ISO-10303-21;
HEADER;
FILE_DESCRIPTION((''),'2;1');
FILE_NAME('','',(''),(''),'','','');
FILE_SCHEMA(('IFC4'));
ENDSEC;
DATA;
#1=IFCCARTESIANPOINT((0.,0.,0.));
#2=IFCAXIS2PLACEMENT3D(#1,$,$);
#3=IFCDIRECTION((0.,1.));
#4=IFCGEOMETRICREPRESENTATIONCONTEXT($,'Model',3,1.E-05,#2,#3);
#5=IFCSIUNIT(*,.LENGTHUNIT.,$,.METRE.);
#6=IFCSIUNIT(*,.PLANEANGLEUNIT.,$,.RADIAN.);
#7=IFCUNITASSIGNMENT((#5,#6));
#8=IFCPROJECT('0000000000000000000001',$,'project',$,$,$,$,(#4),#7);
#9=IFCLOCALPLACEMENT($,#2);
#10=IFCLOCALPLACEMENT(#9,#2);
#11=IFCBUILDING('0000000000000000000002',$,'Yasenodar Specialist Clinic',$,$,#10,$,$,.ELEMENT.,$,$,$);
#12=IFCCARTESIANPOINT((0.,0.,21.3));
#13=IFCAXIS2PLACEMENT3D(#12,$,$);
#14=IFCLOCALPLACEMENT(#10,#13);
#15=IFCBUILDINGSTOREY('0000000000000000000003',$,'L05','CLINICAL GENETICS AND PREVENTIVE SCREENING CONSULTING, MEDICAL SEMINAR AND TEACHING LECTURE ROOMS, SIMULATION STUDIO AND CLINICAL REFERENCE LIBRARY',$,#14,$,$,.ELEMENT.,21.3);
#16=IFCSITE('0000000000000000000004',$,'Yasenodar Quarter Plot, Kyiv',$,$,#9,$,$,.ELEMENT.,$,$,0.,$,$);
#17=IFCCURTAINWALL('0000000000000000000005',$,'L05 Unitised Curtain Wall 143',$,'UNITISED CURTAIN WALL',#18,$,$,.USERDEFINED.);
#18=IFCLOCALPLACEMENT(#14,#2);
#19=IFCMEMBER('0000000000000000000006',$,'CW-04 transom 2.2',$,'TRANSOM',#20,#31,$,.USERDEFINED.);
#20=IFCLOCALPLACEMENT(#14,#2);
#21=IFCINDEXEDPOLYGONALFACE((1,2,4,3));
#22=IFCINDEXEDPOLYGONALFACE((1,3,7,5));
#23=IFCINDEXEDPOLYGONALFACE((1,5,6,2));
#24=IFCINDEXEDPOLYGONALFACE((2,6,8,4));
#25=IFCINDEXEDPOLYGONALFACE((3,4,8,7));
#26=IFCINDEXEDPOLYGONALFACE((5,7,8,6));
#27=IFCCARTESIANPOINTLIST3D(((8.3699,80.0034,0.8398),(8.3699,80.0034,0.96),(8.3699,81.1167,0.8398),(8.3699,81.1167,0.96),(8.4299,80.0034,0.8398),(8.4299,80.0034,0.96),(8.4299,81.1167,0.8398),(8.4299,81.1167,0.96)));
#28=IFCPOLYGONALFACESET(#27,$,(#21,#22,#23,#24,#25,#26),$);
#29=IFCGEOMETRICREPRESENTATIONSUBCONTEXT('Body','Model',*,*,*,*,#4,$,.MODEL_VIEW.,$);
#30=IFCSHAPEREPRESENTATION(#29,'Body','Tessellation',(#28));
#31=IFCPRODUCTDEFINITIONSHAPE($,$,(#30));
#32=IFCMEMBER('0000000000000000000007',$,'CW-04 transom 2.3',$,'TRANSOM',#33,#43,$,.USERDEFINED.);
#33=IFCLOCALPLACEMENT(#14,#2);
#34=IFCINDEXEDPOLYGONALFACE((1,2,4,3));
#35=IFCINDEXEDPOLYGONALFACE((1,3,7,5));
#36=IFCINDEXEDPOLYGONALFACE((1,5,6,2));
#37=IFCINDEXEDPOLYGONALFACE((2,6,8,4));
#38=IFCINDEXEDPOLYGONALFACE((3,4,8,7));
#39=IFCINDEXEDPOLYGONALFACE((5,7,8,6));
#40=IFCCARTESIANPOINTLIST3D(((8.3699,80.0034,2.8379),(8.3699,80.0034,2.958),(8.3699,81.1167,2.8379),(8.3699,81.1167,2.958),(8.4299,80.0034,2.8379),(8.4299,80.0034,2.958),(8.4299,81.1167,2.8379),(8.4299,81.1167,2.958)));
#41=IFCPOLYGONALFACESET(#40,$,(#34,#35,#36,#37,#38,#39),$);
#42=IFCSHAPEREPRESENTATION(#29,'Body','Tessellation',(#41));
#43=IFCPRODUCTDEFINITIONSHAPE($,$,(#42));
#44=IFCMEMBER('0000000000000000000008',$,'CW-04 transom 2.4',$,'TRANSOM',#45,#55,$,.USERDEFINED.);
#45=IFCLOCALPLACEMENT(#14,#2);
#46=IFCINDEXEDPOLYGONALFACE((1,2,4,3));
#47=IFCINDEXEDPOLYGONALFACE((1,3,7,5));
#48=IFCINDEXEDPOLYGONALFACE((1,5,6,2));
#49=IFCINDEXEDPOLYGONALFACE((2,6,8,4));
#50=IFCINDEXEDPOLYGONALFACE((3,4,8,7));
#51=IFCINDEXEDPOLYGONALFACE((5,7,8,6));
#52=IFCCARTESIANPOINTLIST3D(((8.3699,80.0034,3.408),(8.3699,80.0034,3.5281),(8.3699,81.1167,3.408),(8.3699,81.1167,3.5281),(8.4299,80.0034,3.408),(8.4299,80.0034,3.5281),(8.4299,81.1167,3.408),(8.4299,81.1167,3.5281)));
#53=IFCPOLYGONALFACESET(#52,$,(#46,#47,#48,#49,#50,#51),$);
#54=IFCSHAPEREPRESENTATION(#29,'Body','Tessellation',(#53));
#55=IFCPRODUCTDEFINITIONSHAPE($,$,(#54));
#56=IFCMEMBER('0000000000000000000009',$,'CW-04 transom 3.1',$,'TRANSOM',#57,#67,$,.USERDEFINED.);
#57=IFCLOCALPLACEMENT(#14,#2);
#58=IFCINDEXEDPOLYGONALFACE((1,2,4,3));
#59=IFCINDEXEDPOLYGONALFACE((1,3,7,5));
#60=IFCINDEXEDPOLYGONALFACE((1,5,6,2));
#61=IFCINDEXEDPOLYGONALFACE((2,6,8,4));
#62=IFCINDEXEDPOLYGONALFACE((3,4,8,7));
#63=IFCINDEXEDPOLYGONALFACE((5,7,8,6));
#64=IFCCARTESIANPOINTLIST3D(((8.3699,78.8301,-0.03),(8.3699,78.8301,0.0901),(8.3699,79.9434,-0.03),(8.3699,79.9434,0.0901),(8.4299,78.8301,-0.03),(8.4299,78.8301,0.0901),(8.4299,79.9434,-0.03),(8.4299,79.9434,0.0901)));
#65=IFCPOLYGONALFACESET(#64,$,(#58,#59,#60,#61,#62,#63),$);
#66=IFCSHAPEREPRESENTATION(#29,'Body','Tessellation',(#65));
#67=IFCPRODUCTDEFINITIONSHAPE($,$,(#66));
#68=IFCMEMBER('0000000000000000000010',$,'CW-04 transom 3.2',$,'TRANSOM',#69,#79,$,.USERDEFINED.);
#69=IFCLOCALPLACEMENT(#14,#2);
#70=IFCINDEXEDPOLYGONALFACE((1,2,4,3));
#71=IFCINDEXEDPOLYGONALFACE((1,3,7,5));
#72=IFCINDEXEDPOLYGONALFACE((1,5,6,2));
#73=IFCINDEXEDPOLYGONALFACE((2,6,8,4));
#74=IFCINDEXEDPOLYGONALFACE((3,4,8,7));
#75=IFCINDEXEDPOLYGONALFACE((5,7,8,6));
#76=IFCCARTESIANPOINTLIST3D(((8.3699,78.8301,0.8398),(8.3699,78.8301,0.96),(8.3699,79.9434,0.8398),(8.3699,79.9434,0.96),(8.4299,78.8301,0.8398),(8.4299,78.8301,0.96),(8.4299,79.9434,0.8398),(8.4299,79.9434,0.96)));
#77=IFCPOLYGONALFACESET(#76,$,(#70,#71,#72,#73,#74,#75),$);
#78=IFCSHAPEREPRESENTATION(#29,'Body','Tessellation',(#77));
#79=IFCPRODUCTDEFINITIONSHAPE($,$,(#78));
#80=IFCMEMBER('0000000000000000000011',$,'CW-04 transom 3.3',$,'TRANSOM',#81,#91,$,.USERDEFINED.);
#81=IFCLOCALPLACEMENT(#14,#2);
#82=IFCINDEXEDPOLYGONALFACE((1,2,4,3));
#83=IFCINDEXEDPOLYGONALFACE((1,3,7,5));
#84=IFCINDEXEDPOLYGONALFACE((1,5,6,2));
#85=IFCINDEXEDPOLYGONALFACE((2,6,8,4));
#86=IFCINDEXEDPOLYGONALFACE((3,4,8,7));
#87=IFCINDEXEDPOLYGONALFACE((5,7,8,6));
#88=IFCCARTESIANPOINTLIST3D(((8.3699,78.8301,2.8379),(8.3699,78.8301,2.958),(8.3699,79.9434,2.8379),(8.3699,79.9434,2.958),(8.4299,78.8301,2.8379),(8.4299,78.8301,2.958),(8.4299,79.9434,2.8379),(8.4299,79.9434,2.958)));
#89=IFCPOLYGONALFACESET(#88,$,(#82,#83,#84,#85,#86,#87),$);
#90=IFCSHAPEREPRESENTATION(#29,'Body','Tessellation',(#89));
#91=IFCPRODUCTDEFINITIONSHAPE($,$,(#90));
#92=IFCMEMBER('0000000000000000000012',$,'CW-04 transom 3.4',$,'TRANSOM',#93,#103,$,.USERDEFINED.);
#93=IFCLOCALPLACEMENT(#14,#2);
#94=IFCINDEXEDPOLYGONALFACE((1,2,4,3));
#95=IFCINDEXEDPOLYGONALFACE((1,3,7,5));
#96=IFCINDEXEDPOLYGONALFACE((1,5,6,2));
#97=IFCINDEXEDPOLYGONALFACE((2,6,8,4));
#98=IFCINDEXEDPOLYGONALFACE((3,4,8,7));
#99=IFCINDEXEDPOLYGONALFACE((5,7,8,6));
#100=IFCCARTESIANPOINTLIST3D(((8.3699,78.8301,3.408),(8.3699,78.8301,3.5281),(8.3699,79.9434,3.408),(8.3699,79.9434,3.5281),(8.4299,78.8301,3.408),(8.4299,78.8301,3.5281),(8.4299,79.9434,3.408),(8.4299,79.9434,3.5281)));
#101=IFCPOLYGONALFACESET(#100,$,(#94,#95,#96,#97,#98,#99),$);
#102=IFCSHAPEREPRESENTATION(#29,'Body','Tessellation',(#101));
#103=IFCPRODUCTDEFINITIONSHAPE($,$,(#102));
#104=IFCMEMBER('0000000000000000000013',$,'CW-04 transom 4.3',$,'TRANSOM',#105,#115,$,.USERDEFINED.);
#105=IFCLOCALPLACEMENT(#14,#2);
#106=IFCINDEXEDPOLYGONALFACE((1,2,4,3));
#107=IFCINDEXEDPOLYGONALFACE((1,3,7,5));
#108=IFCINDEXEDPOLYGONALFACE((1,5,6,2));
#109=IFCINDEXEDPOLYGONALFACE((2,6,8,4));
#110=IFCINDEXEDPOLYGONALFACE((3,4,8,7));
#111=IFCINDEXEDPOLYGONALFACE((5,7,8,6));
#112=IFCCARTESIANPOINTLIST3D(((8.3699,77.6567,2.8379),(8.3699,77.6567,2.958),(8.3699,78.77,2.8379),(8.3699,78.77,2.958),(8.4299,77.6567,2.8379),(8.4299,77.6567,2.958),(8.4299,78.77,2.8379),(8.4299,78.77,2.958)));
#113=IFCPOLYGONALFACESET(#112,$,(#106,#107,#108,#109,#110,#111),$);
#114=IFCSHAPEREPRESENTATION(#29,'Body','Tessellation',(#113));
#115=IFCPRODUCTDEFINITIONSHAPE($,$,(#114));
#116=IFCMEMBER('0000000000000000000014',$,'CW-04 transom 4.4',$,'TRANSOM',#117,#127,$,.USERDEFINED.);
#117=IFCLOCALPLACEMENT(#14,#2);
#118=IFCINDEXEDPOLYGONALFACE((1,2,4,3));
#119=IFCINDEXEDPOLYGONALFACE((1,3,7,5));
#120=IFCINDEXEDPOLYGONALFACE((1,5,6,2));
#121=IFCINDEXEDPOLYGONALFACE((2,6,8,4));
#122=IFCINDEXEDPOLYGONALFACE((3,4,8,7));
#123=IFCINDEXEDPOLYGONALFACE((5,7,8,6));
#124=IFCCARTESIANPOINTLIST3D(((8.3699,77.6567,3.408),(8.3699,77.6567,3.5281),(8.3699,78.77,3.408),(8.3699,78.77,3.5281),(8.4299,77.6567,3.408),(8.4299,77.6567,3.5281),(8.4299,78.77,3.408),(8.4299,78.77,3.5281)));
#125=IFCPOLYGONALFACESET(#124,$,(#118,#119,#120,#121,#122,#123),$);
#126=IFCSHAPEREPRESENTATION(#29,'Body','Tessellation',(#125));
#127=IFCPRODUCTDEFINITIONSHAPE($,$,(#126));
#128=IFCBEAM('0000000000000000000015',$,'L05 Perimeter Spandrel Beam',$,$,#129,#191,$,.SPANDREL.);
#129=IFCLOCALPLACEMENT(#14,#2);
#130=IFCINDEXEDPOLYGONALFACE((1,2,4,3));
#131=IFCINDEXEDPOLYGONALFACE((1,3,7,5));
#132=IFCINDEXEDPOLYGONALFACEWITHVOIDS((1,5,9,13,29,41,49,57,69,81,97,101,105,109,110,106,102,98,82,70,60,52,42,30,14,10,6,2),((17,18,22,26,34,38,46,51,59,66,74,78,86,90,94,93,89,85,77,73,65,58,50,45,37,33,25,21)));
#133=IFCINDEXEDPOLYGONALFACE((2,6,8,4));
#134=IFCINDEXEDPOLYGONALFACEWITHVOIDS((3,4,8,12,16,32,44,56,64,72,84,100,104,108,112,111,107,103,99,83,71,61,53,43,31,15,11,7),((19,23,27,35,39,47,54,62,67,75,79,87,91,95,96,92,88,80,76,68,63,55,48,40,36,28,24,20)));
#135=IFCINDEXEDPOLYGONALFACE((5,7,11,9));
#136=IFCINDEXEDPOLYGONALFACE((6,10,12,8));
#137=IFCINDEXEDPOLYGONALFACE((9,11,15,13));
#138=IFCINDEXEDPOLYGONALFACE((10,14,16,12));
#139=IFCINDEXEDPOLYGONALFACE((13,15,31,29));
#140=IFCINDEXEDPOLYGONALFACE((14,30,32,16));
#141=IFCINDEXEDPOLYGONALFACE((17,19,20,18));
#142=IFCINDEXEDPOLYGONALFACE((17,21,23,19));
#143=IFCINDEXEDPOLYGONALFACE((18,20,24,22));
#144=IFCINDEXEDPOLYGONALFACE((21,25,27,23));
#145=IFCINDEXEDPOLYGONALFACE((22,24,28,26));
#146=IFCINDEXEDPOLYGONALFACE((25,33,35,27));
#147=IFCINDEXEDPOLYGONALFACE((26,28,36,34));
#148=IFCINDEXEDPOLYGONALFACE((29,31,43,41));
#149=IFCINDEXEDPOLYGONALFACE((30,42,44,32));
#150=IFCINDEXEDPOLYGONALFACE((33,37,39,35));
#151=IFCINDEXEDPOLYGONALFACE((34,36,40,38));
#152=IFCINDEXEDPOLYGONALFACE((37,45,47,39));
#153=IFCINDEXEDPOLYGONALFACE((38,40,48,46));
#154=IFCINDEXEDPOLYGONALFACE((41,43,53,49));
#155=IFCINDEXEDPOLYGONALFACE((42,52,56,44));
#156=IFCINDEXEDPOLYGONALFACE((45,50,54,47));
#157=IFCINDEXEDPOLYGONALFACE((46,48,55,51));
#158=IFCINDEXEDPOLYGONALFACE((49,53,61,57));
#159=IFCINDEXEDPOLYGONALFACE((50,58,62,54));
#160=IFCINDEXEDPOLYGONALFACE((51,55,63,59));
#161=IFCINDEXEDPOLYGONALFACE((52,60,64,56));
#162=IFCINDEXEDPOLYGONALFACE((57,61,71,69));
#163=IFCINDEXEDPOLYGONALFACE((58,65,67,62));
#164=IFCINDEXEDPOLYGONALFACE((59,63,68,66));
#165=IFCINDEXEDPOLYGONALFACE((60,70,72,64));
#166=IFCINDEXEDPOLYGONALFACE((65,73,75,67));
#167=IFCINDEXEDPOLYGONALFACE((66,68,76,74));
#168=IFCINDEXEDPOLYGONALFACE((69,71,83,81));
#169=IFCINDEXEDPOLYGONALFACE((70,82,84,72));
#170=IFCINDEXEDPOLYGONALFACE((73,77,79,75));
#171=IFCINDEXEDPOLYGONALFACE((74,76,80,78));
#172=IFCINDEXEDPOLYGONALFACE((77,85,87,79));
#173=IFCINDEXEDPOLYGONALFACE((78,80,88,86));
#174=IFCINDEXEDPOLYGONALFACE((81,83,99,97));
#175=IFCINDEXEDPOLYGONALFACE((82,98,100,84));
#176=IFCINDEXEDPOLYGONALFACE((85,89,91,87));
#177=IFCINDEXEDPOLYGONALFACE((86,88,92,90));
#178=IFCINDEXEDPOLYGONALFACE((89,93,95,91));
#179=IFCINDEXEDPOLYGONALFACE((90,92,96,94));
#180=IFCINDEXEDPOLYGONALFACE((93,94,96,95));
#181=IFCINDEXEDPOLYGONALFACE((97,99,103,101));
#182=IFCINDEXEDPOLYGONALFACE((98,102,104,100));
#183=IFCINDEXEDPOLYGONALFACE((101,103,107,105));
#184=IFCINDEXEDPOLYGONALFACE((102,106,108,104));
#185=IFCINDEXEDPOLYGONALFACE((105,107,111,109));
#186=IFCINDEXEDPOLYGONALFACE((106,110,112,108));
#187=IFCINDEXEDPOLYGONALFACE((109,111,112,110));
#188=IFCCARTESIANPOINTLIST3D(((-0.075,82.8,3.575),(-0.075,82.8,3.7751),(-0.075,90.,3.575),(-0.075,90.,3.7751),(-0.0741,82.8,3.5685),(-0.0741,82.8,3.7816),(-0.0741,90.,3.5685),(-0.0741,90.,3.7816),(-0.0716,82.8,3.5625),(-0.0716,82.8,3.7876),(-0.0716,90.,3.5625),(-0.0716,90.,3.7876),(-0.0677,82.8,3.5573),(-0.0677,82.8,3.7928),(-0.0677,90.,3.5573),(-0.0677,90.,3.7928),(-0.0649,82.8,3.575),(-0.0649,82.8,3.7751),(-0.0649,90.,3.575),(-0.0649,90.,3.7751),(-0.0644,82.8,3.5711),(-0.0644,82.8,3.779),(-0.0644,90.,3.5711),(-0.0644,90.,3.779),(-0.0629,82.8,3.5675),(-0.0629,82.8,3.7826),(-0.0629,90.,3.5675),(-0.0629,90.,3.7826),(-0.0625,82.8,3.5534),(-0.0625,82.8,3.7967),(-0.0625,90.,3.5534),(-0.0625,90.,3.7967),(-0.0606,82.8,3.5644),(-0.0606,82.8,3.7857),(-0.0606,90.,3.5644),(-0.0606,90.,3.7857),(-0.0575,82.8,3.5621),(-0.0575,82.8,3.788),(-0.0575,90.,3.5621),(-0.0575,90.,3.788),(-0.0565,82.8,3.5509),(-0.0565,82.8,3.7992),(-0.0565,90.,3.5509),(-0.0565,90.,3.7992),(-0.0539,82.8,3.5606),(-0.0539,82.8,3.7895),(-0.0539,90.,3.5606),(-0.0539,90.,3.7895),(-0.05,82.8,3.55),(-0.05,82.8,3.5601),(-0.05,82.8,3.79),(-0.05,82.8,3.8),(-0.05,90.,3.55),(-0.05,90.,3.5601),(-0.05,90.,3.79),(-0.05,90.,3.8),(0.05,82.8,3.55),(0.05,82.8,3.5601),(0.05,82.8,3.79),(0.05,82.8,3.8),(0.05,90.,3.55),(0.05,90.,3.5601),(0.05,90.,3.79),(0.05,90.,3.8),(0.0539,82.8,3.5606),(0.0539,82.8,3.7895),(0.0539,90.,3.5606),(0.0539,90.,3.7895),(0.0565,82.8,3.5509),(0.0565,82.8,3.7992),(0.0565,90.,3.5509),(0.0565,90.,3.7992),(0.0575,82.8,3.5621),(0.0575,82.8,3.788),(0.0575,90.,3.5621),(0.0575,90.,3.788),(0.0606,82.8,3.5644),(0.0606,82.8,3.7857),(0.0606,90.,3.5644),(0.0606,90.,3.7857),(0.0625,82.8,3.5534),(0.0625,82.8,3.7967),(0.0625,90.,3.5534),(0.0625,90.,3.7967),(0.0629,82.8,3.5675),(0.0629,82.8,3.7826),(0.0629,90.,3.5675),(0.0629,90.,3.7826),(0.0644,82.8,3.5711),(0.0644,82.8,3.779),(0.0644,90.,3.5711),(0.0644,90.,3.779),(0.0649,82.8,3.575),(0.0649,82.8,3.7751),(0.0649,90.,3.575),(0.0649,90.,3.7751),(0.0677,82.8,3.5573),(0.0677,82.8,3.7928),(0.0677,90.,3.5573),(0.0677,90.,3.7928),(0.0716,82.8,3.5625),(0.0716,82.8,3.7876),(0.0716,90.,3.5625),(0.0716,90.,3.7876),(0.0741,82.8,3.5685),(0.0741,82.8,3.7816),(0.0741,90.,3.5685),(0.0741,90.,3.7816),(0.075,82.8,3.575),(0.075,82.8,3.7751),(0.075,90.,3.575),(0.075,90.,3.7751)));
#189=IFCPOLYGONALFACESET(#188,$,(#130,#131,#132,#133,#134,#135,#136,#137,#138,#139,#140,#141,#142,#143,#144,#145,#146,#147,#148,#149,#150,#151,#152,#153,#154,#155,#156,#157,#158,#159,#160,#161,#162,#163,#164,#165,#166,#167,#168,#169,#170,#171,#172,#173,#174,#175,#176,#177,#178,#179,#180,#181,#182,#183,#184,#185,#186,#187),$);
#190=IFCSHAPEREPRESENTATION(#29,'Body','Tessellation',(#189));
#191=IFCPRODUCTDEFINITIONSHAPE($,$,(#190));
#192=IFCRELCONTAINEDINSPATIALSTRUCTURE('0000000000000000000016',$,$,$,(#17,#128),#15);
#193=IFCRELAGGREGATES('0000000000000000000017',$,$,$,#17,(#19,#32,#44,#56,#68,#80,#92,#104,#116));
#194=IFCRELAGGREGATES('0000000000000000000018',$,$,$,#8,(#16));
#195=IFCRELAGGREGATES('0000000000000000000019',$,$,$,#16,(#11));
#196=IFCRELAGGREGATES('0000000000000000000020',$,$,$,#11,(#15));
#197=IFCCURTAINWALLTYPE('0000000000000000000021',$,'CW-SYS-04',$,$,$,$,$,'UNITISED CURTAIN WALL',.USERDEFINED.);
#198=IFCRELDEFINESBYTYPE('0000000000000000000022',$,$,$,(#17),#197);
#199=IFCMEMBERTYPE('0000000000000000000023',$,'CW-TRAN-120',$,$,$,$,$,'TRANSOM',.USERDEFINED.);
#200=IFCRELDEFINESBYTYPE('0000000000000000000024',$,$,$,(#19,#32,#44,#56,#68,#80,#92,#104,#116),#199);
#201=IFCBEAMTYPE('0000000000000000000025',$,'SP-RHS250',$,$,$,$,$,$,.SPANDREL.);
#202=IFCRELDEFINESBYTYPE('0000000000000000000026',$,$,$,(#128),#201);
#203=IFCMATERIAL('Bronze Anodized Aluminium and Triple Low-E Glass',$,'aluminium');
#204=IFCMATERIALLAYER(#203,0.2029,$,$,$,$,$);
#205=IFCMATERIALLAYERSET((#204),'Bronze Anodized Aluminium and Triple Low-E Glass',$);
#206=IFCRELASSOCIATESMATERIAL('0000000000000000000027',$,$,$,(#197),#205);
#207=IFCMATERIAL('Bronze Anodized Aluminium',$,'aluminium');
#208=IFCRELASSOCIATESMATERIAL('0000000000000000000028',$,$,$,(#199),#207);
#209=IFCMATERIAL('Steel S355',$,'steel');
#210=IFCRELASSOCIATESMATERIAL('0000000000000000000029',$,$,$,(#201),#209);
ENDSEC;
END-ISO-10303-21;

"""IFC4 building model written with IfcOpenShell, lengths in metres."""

from ifc_helpers import new_model, si_unit, direction, frame, origin, origin_2d, place, context, subcontext, project, spatial, rectangle, hollow_rectangle, extrude, material, layer, layer_set, material_profile, profile_set, type_object, element, aggregate, save


model = new_model("IFC4")

# Units and contexts
model_context = context("Model", 3, precision=1e-05, world=origin(), true_north=direction((0.0, 1.0)))
body_context = subcontext(model_context, "Body", "Model", "MODEL_VIEW")
ifc_project = project(units=[si_unit("LENGTHUNIT", "METRE"), si_unit("PLANEANGLEUNIT", "RADIAN")], contexts=[model_context])

# Site, building, storey
site_placement = place(None, origin())
site = spatial("IfcSite", under=ifc_project, at=site_placement, Name="Yasenodar Quarter Plot, Kyiv", CompositionType="ELEMENT", RefElevation=0.0)
building_placement = place(site_placement, origin())
building = spatial("IfcBuilding", under=site, at=building_placement, Name="Yasenodar Specialist Clinic", CompositionType="ELEMENT")
storey_placement = place(building_placement, frame((0.0, 0.0, 21.3)))
storey = spatial("IfcBuildingStorey", under=building, at=storey_placement, Name="L05", Description="CLINICAL GENETICS AND PREVENTIVE SCREENING CONSULTING, MEDICAL SEMINAR AND TEACHING LECTURE ROOMS, SIMULATION STUDIO AND CLINICAL REFERENCE LIBRARY", CompositionType="ELEMENT", Elevation=21.3)

# Shared definitions
ifc_material_1 = material(Name="Steel S355", Category="steel")

# Curtain wall, members
ifc_material_2 = material(Name="Bronze Anodized Aluminium and Triple Low-E Glass", Category="aluminium")
ifc_layer_1 = layer(ifc_material_2, 0.2029)
ifc_layer_set_1 = layer_set([ifc_layer_1], Name="Bronze Anodized Aluminium and Triple Low-E Glass")
curtain_wall_type = type_object("IfcCurtainWallType", Name="CW-SYS-04", ElementType="UNITISED CURTAIN WALL", PredefinedType="USERDEFINED", material=ifc_layer_set_1)
curtain_wall_placement = place(storey_placement, origin())
curtain_wall = element("IfcCurtainWall", 1, at=curtain_wall_placement, inside=storey, type_object=curtain_wall_type, Name="L05 Unitised Curtain Wall 143", ObjectType="UNITISED CURTAIN WALL", PredefinedType="USERDEFINED")
ifc_material_3 = material(Name="Bronze Anodized Aluminium", Category="aluminium")
ifc_material_profile_1 = material_profile(ifc_material_3, rectangle(XDim=0.0601, YDim=0.1201, at=origin_2d()), Name="CW-TRAN 60x120")
ifc_profile_set_1 = profile_set([ifc_material_profile_1], Name="Bronze Anodized Aluminium")
member_type_1 = type_object("IfcMemberType", Name="CW-TRAN-120", ElementType="TRANSOM", PredefinedType="USERDEFINED", material=ifc_profile_set_1)
member_1_placement = place(storey_placement, frame((8.3999, 81.1167, 0.8999), z_axis=(0.0, -1.0, 0.0), x_axis=(1.0, 0.0, 0.0)))
member_1 = element("IfcMember", 2, at=member_1_placement, type_object=member_type_1, Name="CW-04 transom 2.2", ObjectType="TRANSOM", PredefinedType="USERDEFINED", context=body_context, shape_type="SweptSolid", body=[
    extrude(rectangle(XDim=0.0601, YDim=0.1201, at=origin_2d()), origin(), (0.0, 0.0, 1.0), 1.1133),
])
member_2_placement = place(storey_placement, frame((8.3999, 81.1167, 2.8979), z_axis=(0.0, -1.0, 0.0), x_axis=(1.0, 0.0, 0.0)))
member_2 = element("IfcMember", 3, at=member_2_placement, type_object=member_type_1, Name="CW-04 transom 2.3", ObjectType="TRANSOM", PredefinedType="USERDEFINED", context=body_context, shape_type="SweptSolid", body=[
    extrude(rectangle(XDim=0.0601, YDim=0.1201, at=origin_2d()), origin(), (0.0, 0.0, 1.0), 1.1133),
])
member_3_placement = place(storey_placement, frame((8.3999, 81.1167, 3.468), z_axis=(0.0, -1.0, 0.0), x_axis=(1.0, 0.0, 0.0)))
member_3 = element("IfcMember", 4, at=member_3_placement, type_object=member_type_1, Name="CW-04 transom 2.4", ObjectType="TRANSOM", PredefinedType="USERDEFINED", context=body_context, shape_type="SweptSolid", body=[
    extrude(rectangle(XDim=0.0601, YDim=0.1201, at=origin_2d()), origin(), (0.0, 0.0, 1.0), 1.1133),
])
member_4_placement = place(storey_placement, frame((8.3999, 79.9434, 0.03), z_axis=(0.0, -1.0, 0.0), x_axis=(1.0, 0.0, 0.0)))
member_4 = element("IfcMember", 5, at=member_4_placement, type_object=member_type_1, Name="CW-04 transom 3.1", ObjectType="TRANSOM", PredefinedType="USERDEFINED", context=body_context, shape_type="SweptSolid", body=[
    extrude(rectangle(XDim=0.0601, YDim=0.1201, at=origin_2d()), origin(), (0.0, 0.0, 1.0), 1.1133),
])
member_5_placement = place(storey_placement, frame((8.3999, 79.9434, 0.8999), z_axis=(0.0, -1.0, 0.0), x_axis=(1.0, 0.0, 0.0)))
member_5 = element("IfcMember", 6, at=member_5_placement, type_object=member_type_1, Name="CW-04 transom 3.2", ObjectType="TRANSOM", PredefinedType="USERDEFINED", context=body_context, shape_type="SweptSolid", body=[
    extrude(rectangle(XDim=0.0601, YDim=0.1201, at=origin_2d()), origin(), (0.0, 0.0, 1.0), 1.1133),
])
member_6_placement = place(storey_placement, frame((8.3999, 79.9434, 2.8979), z_axis=(0.0, -1.0, 0.0), x_axis=(1.0, 0.0, 0.0)))
member_6 = element("IfcMember", 7, at=member_6_placement, type_object=member_type_1, Name="CW-04 transom 3.3", ObjectType="TRANSOM", PredefinedType="USERDEFINED", context=body_context, shape_type="SweptSolid", body=[
    extrude(rectangle(XDim=0.0601, YDim=0.1201, at=origin_2d()), origin(), (0.0, 0.0, 1.0), 1.1133),
])
member_7_placement = place(storey_placement, frame((8.3999, 79.9434, 3.468), z_axis=(0.0, -1.0, 0.0), x_axis=(1.0, 0.0, 0.0)))
member_7 = element("IfcMember", 8, at=member_7_placement, type_object=member_type_1, Name="CW-04 transom 3.4", ObjectType="TRANSOM", PredefinedType="USERDEFINED", context=body_context, shape_type="SweptSolid", body=[
    extrude(rectangle(XDim=0.0601, YDim=0.1201, at=origin_2d()), origin(), (0.0, 0.0, 1.0), 1.1133),
])
member_8_placement = place(storey_placement, frame((8.3999, 78.77, 2.8979), z_axis=(0.0, -1.0, 0.0), x_axis=(1.0, 0.0, 0.0)))
member_8 = element("IfcMember", 9, at=member_8_placement, type_object=member_type_1, Name="CW-04 transom 4.3", ObjectType="TRANSOM", PredefinedType="USERDEFINED", context=body_context, shape_type="SweptSolid", body=[
    extrude(rectangle(XDim=0.0601, YDim=0.1201, at=origin_2d()), origin(), (0.0, 0.0, 1.0), 1.1133),
])
member_9_placement = place(storey_placement, frame((8.3999, 78.77, 3.468), z_axis=(0.0, -1.0, 0.0), x_axis=(1.0, 0.0, 0.0)))
member_9 = element("IfcMember", 10, at=member_9_placement, type_object=member_type_1, Name="CW-04 transom 4.4", ObjectType="TRANSOM", PredefinedType="USERDEFINED", context=body_context, shape_type="SweptSolid", body=[
    extrude(rectangle(XDim=0.0601, YDim=0.1201, at=origin_2d()), origin(), (0.0, 0.0, 1.0), 1.1133),
])

# Beam
ifc_material_profile_2 = material_profile(ifc_material_1, hollow_rectangle(XDim=0.1499, YDim=0.25, WallThickness=0.01, InnerFilletRadius=0.0149, OuterFilletRadius=0.0249, at=origin_2d()), Name="RHS 250x150x10")
ifc_profile_set_2 = profile_set([ifc_material_profile_2], Name="Steel S355")
beam_type_1 = type_object("IfcBeamType", Name="SP-RHS250", PredefinedType="SPANDREL", material=ifc_profile_set_2)
beam_1_placement = place(storey_placement, frame((0.0, 82.8, 3.675), z_axis=(0.0, 1.0, 0.0), x_axis=(-1.0, 0.0, 0.0)))
element("IfcBeam", 11, at=beam_1_placement, inside=storey, type_object=beam_type_1, Name="L05 Perimeter Spandrel Beam", PredefinedType="SPANDREL", context=body_context, shape_type="SweptSolid", body=[
    extrude(hollow_rectangle(XDim=0.1499, YDim=0.25, WallThickness=0.01, InnerFilletRadius=0.0149, OuterFilletRadius=0.0249, at=origin_2d()), origin(), (0.0, 0.0, 1.0), 7.2),
])

aggregate(curtain_wall, [member_1, member_2, member_3, member_4, member_5, member_6, member_7, member_8, member_9])

save(model, "model.ifc")
